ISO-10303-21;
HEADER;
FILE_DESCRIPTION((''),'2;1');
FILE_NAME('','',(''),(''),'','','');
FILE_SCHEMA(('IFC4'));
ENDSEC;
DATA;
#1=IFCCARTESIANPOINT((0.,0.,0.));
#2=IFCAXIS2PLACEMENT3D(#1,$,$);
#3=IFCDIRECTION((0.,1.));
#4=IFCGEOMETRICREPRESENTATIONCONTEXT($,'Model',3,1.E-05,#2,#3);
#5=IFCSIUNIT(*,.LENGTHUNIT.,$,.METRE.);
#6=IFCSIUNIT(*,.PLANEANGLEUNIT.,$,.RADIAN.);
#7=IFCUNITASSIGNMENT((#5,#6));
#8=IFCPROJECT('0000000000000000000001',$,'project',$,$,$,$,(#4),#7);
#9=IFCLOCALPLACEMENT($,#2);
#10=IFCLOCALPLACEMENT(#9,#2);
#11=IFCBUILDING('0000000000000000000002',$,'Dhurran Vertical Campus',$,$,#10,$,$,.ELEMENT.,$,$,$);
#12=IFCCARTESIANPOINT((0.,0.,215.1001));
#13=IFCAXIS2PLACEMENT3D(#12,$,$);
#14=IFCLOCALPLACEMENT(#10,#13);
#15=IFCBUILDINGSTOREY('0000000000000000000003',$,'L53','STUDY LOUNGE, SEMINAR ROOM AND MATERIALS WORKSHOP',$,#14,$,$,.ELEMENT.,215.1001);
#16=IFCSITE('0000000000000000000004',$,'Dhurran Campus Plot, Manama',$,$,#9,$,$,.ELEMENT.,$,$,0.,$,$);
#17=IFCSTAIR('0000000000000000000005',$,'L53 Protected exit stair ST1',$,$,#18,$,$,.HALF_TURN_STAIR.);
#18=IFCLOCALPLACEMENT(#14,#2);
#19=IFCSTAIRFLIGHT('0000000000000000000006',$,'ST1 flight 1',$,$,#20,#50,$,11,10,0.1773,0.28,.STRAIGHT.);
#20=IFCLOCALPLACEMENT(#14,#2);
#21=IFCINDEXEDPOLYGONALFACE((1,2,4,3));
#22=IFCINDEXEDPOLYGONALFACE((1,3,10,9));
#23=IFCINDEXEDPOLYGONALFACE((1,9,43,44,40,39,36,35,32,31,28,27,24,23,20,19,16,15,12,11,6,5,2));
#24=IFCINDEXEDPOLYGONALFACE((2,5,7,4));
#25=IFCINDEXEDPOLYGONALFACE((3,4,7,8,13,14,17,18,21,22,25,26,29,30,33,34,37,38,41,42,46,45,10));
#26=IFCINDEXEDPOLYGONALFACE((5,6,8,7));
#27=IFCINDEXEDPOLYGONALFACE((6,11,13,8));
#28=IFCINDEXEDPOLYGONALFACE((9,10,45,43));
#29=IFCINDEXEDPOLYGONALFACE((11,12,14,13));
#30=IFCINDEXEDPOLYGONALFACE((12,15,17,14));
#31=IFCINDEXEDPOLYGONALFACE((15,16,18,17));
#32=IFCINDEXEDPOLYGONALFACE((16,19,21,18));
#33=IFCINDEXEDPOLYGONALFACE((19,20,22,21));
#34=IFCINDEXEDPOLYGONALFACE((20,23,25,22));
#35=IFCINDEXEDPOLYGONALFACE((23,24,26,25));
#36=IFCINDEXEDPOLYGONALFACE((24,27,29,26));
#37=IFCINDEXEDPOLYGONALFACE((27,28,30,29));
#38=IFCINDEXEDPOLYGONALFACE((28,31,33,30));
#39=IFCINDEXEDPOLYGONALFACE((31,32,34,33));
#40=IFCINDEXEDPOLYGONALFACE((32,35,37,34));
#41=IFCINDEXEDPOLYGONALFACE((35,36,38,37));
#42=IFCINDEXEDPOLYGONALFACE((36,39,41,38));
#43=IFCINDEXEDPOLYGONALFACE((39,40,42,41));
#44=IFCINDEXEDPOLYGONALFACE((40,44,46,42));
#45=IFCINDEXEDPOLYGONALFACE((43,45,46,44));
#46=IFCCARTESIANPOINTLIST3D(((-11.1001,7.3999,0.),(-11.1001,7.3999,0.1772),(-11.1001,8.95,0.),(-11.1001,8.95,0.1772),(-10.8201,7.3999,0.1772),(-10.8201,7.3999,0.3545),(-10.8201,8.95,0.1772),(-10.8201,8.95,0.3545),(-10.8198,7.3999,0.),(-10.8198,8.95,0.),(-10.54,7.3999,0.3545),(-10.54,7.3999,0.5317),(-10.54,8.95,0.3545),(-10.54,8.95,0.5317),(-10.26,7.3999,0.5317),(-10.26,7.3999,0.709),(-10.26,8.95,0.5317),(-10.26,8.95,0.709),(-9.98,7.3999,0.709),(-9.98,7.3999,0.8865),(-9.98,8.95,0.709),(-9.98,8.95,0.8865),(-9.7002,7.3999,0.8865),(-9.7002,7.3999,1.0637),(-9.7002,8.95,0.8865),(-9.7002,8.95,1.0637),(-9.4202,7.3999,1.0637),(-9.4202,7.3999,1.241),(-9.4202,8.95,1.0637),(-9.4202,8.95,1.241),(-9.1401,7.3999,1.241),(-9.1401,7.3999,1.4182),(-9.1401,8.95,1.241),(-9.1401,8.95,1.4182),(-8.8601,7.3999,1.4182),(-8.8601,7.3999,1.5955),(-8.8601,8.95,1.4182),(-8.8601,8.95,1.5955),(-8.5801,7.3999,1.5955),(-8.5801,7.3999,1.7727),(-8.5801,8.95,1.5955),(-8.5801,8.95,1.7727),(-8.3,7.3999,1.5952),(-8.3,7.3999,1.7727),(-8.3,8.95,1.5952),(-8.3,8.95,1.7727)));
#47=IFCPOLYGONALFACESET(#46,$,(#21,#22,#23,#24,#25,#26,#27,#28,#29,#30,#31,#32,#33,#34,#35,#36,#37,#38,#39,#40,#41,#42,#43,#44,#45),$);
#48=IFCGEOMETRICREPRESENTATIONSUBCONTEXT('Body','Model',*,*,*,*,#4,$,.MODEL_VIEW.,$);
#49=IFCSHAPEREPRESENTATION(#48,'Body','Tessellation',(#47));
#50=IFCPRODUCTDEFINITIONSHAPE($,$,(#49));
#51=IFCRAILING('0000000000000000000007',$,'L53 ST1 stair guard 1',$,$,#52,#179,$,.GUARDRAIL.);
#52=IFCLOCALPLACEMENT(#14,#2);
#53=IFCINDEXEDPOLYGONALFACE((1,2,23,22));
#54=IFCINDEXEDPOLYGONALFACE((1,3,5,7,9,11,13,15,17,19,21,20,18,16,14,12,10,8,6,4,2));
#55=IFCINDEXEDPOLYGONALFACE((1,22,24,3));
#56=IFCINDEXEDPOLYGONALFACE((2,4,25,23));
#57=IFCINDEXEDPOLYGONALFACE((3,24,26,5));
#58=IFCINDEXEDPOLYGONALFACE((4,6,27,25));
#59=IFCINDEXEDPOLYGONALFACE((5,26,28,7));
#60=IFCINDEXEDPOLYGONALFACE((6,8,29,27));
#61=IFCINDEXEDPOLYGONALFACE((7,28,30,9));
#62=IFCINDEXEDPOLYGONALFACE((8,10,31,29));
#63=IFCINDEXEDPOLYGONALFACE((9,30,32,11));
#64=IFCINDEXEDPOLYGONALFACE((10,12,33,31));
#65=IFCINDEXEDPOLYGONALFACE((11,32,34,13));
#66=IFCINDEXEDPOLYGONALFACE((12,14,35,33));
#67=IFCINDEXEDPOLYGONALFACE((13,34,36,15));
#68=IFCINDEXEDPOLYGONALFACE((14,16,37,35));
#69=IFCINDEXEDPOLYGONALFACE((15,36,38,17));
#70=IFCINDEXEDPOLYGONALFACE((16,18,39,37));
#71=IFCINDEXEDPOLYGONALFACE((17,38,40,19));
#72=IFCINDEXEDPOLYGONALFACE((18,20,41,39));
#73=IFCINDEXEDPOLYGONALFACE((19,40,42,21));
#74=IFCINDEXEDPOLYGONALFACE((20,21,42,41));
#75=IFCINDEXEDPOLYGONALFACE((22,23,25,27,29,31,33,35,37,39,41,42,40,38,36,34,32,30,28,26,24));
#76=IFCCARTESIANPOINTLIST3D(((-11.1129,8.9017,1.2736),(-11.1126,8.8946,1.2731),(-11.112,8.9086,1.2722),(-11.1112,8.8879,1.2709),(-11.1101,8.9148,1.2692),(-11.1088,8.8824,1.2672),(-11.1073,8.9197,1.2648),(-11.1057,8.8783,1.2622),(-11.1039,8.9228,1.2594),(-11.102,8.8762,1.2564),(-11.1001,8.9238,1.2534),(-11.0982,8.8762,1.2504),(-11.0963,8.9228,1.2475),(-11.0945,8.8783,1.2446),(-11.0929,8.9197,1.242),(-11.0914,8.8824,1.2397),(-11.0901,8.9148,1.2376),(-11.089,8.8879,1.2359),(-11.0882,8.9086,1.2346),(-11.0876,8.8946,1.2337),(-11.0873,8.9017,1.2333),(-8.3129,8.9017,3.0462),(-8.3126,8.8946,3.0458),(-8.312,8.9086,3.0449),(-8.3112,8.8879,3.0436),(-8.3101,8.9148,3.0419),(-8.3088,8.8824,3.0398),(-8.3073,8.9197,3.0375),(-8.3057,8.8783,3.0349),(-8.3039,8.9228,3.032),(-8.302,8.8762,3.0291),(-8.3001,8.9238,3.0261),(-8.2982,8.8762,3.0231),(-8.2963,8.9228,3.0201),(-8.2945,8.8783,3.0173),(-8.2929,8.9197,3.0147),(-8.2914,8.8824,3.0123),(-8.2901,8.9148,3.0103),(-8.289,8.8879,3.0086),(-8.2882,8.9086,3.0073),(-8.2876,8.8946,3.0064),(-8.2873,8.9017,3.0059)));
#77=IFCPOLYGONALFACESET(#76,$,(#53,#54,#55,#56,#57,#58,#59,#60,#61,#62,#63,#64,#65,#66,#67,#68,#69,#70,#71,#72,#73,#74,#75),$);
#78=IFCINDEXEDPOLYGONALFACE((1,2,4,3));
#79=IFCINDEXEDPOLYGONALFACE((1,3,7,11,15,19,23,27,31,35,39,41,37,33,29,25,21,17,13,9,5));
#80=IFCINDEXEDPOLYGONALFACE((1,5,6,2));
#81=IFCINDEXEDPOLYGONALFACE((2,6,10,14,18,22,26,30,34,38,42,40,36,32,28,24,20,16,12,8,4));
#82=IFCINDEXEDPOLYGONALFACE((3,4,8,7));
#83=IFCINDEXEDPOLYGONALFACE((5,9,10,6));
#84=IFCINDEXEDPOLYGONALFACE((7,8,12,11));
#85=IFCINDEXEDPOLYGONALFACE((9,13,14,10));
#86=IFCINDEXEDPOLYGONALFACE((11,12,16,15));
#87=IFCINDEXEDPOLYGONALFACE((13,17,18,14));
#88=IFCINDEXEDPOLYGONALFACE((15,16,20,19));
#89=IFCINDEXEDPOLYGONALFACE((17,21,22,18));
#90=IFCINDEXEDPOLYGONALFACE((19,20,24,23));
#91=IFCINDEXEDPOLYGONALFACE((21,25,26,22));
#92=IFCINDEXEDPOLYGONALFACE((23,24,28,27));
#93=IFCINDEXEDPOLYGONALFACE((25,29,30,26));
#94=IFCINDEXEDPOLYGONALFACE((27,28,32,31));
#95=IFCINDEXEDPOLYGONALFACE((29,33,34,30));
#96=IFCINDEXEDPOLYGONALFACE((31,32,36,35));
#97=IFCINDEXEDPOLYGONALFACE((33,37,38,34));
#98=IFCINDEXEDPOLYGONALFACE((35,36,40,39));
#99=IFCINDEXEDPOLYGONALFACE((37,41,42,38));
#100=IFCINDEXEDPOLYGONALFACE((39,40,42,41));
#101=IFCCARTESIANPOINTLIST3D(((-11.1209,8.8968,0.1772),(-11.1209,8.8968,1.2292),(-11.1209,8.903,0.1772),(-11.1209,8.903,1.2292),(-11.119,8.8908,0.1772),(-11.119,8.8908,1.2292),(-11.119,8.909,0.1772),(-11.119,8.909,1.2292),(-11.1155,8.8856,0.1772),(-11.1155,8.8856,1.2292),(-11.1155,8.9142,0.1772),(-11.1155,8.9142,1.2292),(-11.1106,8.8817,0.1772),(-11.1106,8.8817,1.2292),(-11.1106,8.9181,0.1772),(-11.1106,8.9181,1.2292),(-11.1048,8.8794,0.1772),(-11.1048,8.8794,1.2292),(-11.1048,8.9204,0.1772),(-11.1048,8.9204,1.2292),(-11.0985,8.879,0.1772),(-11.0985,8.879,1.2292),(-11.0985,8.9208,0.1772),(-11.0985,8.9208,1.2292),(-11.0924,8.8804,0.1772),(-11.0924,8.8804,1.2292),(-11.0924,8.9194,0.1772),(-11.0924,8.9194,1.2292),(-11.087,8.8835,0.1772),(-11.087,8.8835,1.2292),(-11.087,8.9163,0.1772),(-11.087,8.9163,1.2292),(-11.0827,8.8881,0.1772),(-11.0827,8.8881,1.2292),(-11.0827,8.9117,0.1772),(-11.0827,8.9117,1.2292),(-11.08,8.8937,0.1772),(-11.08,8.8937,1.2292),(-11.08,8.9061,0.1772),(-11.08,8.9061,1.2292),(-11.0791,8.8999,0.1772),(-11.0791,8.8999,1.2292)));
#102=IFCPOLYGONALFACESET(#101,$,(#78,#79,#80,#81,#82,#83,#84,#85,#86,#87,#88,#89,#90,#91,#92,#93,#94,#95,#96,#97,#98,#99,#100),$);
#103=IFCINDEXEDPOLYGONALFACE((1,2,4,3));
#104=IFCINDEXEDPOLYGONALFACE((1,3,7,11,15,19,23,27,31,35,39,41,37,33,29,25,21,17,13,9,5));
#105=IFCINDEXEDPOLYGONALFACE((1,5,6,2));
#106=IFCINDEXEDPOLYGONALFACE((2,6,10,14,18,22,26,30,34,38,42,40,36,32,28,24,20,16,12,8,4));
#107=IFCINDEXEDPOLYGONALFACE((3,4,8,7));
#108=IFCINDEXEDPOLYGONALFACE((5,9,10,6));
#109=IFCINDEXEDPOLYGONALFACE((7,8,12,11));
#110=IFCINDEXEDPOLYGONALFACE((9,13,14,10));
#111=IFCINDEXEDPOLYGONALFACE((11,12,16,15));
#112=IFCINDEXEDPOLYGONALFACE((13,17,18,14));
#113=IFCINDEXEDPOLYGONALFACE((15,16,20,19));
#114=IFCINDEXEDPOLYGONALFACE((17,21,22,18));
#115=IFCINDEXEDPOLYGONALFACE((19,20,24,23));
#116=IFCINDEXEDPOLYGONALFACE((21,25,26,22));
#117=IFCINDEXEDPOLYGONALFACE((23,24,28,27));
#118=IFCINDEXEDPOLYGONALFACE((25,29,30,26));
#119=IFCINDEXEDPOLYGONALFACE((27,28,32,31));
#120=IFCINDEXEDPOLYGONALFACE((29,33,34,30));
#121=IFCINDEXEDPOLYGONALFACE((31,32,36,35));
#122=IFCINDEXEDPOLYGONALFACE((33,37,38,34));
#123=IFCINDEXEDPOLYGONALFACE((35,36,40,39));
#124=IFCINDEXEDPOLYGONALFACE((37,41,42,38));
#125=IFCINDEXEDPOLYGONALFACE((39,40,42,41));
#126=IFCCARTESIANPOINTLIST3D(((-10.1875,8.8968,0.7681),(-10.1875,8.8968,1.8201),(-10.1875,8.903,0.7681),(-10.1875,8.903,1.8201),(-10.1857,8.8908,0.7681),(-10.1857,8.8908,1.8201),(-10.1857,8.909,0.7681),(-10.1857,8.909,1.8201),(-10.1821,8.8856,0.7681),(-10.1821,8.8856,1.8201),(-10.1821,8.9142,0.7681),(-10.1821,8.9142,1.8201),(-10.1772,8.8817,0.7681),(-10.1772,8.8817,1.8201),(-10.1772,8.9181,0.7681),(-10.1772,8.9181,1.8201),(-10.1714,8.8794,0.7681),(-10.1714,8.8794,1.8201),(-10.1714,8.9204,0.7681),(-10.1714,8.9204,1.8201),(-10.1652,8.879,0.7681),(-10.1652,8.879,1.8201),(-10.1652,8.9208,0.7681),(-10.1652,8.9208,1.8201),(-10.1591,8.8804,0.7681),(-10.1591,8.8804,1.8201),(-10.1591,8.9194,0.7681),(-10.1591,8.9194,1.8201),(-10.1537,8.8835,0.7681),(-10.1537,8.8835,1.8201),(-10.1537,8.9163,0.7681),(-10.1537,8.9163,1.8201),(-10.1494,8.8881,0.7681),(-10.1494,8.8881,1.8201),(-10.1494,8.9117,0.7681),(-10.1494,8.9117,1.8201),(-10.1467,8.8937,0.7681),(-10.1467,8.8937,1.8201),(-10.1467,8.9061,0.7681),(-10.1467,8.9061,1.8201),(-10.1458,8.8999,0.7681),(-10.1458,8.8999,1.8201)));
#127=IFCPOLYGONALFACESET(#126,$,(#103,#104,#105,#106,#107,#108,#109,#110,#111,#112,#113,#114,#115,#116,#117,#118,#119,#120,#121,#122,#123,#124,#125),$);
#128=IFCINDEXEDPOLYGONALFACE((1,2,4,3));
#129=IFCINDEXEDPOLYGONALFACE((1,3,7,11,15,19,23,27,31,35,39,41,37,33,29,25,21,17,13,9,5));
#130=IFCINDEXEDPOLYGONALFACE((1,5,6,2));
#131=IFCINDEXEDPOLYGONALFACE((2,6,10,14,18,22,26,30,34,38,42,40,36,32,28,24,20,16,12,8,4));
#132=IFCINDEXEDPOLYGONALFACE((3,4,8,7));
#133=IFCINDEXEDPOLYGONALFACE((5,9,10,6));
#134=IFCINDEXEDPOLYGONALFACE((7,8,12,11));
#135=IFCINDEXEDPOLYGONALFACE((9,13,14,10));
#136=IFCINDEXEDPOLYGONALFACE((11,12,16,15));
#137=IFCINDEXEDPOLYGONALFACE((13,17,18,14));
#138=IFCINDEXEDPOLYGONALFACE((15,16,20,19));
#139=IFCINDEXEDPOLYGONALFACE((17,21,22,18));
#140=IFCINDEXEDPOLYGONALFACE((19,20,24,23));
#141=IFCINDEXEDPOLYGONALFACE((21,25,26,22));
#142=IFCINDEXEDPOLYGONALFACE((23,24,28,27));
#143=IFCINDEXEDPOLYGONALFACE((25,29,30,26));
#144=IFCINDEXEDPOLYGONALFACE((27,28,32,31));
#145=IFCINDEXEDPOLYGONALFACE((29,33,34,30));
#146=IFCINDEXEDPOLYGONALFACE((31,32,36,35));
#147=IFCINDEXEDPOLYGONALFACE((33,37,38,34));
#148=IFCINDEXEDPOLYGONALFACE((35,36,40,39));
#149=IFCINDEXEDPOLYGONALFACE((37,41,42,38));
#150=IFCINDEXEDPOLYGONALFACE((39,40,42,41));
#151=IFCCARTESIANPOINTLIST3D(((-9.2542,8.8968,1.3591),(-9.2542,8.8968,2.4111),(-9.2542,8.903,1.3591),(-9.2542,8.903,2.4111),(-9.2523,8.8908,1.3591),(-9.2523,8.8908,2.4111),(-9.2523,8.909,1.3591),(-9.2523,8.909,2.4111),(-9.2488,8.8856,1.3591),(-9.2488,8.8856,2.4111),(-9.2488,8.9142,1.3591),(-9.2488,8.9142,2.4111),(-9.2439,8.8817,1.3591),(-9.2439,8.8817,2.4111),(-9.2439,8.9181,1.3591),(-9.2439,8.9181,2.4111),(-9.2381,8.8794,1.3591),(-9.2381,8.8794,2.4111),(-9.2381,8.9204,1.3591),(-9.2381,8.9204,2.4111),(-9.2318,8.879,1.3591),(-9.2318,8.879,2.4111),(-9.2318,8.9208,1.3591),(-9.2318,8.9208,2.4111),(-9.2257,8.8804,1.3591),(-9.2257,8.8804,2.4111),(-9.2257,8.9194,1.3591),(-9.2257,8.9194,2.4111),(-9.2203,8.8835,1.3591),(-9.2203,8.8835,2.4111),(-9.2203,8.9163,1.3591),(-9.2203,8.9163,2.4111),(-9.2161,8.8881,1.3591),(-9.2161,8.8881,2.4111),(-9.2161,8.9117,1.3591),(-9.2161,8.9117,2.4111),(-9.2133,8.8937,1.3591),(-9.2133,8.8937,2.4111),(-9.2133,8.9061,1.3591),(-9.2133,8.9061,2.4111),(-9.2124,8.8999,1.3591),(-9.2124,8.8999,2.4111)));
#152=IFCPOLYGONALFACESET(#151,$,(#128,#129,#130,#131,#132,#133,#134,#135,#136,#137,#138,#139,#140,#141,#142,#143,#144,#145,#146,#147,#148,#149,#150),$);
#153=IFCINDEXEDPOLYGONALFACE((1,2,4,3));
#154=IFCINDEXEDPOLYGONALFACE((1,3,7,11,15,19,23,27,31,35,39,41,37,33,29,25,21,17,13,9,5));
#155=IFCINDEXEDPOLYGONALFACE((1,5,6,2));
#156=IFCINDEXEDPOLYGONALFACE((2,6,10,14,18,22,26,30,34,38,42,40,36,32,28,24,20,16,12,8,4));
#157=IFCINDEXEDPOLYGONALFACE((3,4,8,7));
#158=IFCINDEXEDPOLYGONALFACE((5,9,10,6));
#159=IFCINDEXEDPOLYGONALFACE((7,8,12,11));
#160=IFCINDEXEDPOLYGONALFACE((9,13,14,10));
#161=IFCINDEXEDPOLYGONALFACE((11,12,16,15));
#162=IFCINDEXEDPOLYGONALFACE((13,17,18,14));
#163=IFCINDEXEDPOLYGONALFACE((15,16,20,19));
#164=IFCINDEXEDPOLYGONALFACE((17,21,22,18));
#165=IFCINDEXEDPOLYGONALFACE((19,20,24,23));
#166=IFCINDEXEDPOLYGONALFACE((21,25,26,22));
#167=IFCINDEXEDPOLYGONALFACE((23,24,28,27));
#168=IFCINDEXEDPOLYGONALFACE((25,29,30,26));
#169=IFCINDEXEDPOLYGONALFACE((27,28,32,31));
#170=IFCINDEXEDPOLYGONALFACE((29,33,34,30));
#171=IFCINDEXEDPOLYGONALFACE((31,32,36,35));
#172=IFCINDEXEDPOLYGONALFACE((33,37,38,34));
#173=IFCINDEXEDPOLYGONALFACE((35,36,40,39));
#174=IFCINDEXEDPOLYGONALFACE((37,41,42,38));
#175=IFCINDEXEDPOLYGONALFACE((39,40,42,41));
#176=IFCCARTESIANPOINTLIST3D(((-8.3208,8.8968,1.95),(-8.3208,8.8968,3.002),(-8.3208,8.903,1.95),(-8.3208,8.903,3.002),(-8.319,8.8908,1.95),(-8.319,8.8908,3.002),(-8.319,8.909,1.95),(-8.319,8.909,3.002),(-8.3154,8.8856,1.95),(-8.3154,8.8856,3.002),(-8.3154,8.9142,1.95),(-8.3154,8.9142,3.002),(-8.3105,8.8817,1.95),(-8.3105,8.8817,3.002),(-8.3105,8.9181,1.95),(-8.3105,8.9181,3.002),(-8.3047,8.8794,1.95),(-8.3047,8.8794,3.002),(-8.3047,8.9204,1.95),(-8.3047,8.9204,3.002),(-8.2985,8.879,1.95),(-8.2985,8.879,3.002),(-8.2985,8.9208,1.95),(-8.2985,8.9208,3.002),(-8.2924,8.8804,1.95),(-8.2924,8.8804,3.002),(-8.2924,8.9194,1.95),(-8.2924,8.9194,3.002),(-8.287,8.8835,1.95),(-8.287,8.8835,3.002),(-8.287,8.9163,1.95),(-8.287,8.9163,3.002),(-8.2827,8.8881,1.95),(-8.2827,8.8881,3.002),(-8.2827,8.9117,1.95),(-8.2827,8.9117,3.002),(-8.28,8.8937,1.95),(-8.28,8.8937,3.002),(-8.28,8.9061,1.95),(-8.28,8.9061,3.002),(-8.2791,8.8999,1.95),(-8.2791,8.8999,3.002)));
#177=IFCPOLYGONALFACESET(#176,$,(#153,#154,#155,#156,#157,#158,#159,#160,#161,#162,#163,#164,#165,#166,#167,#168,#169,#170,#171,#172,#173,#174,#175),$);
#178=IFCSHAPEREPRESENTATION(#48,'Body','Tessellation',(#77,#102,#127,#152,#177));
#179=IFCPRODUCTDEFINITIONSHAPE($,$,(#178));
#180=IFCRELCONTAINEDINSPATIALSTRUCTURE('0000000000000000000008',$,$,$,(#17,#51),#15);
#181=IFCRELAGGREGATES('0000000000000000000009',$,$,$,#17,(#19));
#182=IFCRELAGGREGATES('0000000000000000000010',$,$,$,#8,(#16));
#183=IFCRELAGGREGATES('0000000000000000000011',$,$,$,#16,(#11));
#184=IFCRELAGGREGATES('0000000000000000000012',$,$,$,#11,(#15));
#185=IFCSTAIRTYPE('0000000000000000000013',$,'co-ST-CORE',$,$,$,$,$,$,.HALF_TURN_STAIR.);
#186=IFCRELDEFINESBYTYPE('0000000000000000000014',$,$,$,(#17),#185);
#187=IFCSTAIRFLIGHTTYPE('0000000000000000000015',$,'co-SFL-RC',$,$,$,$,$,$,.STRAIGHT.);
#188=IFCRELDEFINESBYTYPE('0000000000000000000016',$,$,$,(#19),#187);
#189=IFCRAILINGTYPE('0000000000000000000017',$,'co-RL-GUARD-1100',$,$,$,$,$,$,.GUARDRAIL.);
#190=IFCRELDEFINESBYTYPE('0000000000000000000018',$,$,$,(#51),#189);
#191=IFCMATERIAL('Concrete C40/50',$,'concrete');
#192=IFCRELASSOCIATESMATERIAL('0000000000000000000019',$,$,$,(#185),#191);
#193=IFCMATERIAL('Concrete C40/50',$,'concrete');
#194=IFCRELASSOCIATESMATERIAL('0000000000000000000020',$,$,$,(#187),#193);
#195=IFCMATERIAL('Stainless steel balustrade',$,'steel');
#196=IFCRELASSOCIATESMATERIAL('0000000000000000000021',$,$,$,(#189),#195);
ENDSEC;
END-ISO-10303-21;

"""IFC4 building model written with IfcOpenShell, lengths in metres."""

from ifc_helpers import new_model, si_unit, direction, frame, origin, origin_2d, place, context, subcontext, project, spatial, polyline, circle, outline, extrude, material, type_object, element, aggregate, save


model = new_model("IFC4")

# Units and contexts
model_context = context("Model", 3, precision=1e-05, world=origin(), true_north=direction((0.0, 1.0)))
body_context = subcontext(model_context, "Body", "Model", "MODEL_VIEW")
ifc_project = project(units=[si_unit("LENGTHUNIT", "METRE"), si_unit("PLANEANGLEUNIT", "RADIAN")], contexts=[model_context])

# Site, building, storey
site_placement = place(None, origin())
site = spatial("IfcSite", under=ifc_project, at=site_placement, Name="Dhurran Campus Plot, Manama", CompositionType="ELEMENT", RefElevation=0.0)
building_placement = place(site_placement, origin())
building = spatial("IfcBuilding", under=site, at=building_placement, Name="Dhurran Vertical Campus", CompositionType="ELEMENT")
storey_placement = place(building_placement, frame((0.0, 0.0, 215.1001)))
storey = spatial("IfcBuildingStorey", under=building, at=storey_placement, Name="L53", Description="STUDY LOUNGE, SEMINAR ROOM AND MATERIALS WORKSHOP", CompositionType="ELEMENT", Elevation=215.1001)

# Stair, stair flight
ifc_material_1 = material(Name="Concrete C40/50", Category="concrete")
stair_type = type_object("IfcStairType", Name="co-ST-CORE", PredefinedType="HALF_TURN_STAIR", material=ifc_material_1)
stair_placement = place(storey_placement, origin())
stair = element("IfcStair", 1, at=stair_placement, inside=storey, type_object=stair_type, Name="L53 Protected exit stair ST1", PredefinedType="HALF_TURN_STAIR")
ifc_material_2 = material(Name="Concrete C40/50", Category="concrete")
stair_flight_type = type_object("IfcStairFlightType", Name="co-SFL-RC", PredefinedType="STRAIGHT", material=ifc_material_2)
stair_flight_placement = place(storey_placement, frame((-11.1001, 8.175, 0.0), z_axis=(0.0, 0.0, 1.0), x_axis=(1.0, 0.0, 0.0)))
stair_flight = element("IfcStairFlight", 2, at=stair_flight_placement, type_object=stair_flight_type, Name="ST1 flight 1", NumberOfRisers=11, NumberOfTreads=10, PredefinedType="STRAIGHT", RiserHeight=0.1773, TreadLength=0.28, context=body_context, shape_type="SweptSolid", body=[
    extrude(outline(polyline([(0.0, 0.0), (0.0, 0.1772), (0.28, 0.1772), (0.28, 0.3545), (0.5601, 0.3545), (0.5601, 0.5317), (0.8401, 0.5317), (0.8401, 0.709), (1.1201, 0.709), (1.1201, 0.8865), (1.3999, 0.8865), (1.3999, 1.0637), (1.6799, 1.0637), (1.6799, 1.241), (1.96, 1.241), (1.96, 1.4182), (2.24, 1.4182), (2.24, 1.5955), (2.52, 1.5955), (2.52, 1.7727), (2.8, 1.7727), (2.8, 1.95), (2.8, 1.5952), (0.2803, 0.0), (0.0, 0.0)])), frame((0.0, 0.7749, 0.0), z_axis=(0.0, -1.0, 0.0), x_axis=(1.0, 0.0, 0.0)), (0.0, 0.0, 1.0), 1.55),
])
aggregate(stair, [stair_flight])

# Railing
ifc_material_3 = material(Name="Stainless steel balustrade", Category="steel")
railing_type_1 = type_object("IfcRailingType", Name="co-RL-GUARD-1100", PredefinedType="GUARDRAIL", material=ifc_material_3)
railing_1_placement = place(storey_placement, frame((-11.1001, 8.8999, 0.1772)))
element("IfcRailing", 3, at=railing_1_placement, inside=storey, type_object=railing_type_1, Name="L53 ST1 stair guard 1", PredefinedType="GUARDRAIL", context=body_context, shape_type="SweptSolid", body=[
    extrude(circle(Radius=0.0239, at=origin_2d()), frame((0.0, 0.0, 1.0762), z_axis=(0.844909, 0.0, 0.53491), x_axis=(0.0, 1.0, 0.0)), (0.0, 0.0, 1.0), 3.314),
    extrude(circle(Radius=0.021, at=origin_2d()), origin(), (0.0, 0.0, 1.0), 1.052),
    extrude(circle(Radius=0.021, at=origin_2d()), frame((0.9333, 0.0, 0.5908)), (0.0, 0.0, 1.0), 1.052),
    extrude(circle(Radius=0.021, at=origin_2d()), frame((1.8667, 0.0, 1.1819)), (0.0, 0.0, 1.0), 1.052),
    extrude(circle(Radius=0.021, at=origin_2d()), frame((2.8, 0.0, 1.7727)), (0.0, 0.0, 1.0), 1.052),
])

save(model, "model.ifc")
